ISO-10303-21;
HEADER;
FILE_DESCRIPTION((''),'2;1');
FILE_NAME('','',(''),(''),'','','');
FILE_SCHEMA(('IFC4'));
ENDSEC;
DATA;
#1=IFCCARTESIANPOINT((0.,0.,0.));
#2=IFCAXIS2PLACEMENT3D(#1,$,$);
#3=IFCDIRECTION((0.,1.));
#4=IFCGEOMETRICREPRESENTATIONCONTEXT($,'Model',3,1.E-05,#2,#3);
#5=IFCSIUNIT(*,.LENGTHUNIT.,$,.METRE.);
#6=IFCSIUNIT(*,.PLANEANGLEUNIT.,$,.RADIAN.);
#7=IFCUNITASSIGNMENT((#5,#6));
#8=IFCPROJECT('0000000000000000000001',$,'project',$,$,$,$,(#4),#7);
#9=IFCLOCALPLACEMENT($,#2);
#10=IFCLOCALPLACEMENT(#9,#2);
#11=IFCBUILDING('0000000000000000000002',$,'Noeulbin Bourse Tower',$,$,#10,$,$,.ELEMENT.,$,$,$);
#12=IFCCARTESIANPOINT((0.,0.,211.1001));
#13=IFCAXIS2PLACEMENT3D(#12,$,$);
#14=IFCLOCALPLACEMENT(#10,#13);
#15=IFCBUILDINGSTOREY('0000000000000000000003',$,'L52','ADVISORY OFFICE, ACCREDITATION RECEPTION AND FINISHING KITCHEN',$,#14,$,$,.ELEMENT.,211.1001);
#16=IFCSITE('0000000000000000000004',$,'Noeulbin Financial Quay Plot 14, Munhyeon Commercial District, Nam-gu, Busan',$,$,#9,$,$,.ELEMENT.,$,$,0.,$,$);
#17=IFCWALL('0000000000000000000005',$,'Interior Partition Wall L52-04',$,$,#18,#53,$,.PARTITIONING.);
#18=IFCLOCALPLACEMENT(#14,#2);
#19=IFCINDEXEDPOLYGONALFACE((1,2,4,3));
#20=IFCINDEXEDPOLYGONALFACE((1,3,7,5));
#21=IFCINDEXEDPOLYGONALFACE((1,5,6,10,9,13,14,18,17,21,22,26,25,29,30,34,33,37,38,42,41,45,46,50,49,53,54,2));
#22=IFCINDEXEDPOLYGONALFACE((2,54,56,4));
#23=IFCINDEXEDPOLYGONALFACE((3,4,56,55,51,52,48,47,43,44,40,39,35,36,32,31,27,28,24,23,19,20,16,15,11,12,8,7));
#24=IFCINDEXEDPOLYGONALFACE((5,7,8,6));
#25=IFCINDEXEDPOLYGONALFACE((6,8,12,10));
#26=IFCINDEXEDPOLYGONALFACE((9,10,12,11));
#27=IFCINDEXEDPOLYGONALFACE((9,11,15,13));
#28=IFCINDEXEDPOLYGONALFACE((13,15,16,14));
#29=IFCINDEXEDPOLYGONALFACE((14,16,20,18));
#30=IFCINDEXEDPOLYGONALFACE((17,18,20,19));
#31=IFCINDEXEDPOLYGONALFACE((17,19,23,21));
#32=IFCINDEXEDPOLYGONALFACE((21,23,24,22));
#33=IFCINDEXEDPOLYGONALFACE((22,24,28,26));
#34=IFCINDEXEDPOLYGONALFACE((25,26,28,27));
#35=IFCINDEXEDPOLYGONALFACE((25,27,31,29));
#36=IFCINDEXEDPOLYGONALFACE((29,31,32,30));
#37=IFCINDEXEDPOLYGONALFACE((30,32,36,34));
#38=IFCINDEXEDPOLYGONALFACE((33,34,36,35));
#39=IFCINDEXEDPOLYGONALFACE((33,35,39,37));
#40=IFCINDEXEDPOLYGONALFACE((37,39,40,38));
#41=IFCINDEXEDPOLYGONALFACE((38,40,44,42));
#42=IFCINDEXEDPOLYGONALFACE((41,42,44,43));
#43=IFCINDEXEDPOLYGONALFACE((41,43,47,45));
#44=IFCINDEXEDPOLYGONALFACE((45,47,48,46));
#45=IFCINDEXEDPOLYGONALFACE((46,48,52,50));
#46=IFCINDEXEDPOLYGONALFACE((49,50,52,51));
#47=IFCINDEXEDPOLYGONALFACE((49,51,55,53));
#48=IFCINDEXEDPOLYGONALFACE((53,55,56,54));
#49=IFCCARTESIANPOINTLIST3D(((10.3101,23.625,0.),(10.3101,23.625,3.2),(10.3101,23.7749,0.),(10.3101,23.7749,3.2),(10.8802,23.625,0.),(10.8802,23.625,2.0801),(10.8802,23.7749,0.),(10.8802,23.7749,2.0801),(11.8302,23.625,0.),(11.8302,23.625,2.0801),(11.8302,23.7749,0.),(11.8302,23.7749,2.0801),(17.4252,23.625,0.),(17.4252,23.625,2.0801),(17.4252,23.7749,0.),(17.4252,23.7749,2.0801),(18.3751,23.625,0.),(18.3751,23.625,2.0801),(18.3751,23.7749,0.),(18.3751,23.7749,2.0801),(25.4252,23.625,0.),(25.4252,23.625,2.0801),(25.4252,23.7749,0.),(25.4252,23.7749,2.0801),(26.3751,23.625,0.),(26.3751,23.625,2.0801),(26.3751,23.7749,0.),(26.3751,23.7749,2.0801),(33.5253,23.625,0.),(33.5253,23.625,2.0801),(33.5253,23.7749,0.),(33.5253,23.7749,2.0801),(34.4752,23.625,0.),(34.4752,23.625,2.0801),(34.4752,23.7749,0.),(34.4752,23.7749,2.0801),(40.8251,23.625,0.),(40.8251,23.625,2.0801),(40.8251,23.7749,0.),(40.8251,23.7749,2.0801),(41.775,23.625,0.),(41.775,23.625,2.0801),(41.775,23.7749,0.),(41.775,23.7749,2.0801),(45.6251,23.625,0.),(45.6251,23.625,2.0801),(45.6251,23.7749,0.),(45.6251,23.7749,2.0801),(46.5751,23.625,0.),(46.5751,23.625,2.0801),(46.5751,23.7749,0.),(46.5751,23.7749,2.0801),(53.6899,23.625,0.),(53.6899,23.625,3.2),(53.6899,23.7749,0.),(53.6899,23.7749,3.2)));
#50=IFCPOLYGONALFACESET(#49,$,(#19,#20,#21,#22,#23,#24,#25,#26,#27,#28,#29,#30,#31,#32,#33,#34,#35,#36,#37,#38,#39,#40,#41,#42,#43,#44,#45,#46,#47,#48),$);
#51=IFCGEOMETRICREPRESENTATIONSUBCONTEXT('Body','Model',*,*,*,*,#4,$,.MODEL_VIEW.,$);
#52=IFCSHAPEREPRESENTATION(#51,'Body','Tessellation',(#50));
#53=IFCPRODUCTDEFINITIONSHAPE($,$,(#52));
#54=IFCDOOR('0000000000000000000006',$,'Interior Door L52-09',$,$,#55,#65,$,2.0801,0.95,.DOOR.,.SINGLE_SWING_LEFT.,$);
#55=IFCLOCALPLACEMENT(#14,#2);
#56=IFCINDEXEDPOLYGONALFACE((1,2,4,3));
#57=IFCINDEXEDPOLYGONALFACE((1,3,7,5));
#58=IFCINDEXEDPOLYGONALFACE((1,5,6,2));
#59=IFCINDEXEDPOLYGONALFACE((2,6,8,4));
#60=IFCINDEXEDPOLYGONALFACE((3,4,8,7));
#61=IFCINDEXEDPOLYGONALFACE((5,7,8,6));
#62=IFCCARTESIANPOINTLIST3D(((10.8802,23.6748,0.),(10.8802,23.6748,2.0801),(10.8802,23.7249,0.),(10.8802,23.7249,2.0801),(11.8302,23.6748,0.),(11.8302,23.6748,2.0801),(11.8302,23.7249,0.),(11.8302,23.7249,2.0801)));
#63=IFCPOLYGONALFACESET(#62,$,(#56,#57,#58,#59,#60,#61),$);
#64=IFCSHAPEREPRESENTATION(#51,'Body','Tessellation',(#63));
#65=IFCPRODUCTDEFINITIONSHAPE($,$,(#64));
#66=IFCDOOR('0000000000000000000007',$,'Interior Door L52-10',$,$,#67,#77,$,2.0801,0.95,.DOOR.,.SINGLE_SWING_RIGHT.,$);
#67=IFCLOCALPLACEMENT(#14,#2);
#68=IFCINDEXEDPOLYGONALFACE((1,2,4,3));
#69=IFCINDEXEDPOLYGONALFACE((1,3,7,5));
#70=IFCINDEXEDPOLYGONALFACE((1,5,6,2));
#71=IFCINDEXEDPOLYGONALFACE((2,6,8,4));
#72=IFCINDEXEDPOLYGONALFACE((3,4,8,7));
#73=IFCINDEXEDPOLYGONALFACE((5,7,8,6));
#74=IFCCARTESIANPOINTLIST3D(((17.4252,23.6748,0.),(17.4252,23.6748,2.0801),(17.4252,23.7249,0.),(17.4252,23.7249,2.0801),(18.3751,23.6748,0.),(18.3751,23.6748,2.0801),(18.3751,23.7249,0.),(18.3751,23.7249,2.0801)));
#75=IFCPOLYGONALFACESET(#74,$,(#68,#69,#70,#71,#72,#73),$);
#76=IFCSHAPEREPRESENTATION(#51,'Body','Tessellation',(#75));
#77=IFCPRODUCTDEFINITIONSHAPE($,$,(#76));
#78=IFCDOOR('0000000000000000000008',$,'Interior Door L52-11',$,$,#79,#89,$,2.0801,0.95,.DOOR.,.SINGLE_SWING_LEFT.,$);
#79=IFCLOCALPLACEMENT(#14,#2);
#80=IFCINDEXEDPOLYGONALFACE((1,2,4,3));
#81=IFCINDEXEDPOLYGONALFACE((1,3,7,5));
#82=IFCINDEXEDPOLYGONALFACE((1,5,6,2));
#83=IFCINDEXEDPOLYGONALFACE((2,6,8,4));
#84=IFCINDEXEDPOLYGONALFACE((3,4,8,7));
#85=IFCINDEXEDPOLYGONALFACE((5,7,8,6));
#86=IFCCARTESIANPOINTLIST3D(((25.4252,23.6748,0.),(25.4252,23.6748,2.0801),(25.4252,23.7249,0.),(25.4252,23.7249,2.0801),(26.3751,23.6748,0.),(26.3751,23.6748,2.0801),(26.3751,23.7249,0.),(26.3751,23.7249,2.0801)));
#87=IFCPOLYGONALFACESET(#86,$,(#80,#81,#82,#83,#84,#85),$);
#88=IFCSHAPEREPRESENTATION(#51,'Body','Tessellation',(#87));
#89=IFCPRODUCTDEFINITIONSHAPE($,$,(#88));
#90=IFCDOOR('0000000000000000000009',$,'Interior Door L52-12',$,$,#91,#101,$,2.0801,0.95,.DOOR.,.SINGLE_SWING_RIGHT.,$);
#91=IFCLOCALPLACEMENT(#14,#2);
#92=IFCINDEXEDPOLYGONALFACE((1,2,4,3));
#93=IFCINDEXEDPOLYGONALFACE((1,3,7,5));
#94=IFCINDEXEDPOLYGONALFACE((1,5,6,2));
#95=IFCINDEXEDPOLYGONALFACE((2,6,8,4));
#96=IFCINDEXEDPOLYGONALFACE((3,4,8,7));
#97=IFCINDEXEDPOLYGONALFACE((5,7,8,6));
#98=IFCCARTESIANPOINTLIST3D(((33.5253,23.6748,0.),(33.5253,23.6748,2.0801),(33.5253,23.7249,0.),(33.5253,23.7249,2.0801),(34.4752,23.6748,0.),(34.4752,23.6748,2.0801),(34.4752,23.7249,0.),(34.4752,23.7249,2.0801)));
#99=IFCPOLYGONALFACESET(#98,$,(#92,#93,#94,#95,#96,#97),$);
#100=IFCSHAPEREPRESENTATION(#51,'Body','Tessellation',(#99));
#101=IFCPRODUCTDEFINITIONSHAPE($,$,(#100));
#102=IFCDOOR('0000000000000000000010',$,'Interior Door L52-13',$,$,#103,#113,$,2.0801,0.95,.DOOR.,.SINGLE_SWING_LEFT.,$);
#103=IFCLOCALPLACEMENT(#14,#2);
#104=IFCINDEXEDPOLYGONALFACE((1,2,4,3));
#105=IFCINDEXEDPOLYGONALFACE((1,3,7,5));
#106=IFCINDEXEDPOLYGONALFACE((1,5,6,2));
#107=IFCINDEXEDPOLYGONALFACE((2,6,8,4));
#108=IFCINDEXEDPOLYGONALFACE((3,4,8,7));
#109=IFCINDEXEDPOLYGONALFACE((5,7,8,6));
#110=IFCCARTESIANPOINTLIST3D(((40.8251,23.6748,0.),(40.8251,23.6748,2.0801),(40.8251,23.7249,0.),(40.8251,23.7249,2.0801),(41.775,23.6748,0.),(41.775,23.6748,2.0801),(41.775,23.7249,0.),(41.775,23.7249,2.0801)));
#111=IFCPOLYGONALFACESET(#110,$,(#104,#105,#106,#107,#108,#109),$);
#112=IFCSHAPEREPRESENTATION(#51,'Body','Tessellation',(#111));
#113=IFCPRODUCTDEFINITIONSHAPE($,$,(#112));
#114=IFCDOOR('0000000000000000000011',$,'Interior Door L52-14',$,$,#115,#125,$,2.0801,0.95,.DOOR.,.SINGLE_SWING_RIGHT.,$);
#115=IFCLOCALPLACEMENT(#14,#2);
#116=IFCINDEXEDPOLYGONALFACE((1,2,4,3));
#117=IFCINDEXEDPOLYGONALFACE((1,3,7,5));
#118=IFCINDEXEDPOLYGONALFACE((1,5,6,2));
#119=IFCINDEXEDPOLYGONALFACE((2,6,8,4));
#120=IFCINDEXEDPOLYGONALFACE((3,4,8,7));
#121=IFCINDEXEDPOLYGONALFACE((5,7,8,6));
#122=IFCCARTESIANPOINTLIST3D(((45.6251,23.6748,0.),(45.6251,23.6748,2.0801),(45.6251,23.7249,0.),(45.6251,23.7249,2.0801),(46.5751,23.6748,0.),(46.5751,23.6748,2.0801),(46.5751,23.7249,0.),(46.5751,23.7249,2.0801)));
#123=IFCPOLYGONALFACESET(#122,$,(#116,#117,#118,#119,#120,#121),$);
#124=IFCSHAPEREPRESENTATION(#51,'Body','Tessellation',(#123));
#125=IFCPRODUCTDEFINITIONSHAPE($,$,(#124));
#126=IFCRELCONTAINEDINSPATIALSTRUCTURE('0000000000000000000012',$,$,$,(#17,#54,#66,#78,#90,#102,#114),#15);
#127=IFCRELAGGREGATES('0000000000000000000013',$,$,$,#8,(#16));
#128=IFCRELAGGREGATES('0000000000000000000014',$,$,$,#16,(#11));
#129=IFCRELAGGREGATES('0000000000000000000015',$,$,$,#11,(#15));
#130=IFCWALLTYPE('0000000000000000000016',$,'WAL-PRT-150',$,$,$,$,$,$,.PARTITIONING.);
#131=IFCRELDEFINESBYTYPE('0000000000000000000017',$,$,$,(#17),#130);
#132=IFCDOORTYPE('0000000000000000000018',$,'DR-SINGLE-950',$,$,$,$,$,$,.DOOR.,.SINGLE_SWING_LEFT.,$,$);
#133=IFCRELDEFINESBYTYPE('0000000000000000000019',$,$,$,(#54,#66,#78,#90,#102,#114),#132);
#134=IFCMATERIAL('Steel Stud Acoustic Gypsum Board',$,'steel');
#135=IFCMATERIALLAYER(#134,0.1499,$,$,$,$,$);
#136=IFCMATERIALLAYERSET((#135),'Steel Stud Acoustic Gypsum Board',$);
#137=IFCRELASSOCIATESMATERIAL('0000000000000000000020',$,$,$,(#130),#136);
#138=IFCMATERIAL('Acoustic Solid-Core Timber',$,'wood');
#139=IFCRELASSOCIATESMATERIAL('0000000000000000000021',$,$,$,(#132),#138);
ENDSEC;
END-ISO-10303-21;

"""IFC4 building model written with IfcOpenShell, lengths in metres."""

from ifc_helpers import new_model, si_unit, direction, frame, frame_2d, origin, place, context, subcontext, project, spatial, rectangle, extrude, material, layer, layer_set, type_object, element, fill, save


model = new_model("IFC4")

# Units and contexts
model_context = context("Model", 3, precision=1e-05, world=origin(), true_north=direction((0.0, 1.0)))
body_context = subcontext(model_context, "Body", "Model", "MODEL_VIEW")
ifc_project = project(units=[si_unit("LENGTHUNIT", "METRE"), si_unit("PLANEANGLEUNIT", "RADIAN")], contexts=[model_context])

# Site, building, storey
site_placement = place(None, origin())
site = spatial("IfcSite", under=ifc_project, at=site_placement, Name="Noeulbin Financial Quay Plot 14, Munhyeon Commercial District, Nam-gu, Busan", CompositionType="ELEMENT", RefElevation=0.0)
building_placement = place(site_placement, origin())
building = spatial("IfcBuilding", under=site, at=building_placement, Name="Noeulbin Bourse Tower", CompositionType="ELEMENT")
storey_placement = place(building_placement, frame((0.0, 0.0, 211.1001)))
storey = spatial("IfcBuildingStorey", under=building, at=storey_placement, Name="L52", Description="ADVISORY OFFICE, ACCREDITATION RECEPTION AND FINISHING KITCHEN", CompositionType="ELEMENT", Elevation=211.1001)

# Wall, openings, doors
ifc_material_1 = material(Name="Steel Stud Acoustic Gypsum Board", Category="steel")
ifc_layer_1 = layer(ifc_material_1, 0.1499)
ifc_layer_set_1 = layer_set([ifc_layer_1], Name="Steel Stud Acoustic Gypsum Board")
wall_type = type_object("IfcWallType", Name="WAL-PRT-150", PredefinedType="PARTITIONING", material=ifc_layer_set_1)
wall_placement = place(storey_placement, frame((10.3101, 23.7, 0.0), z_axis=(0.0, 0.0, 1.0), x_axis=(1.0, 0.0, 0.0)))
wall = element("IfcWall", 1, at=wall_placement, inside=storey, type_object=wall_type, Name="Interior Partition Wall L52-04", PredefinedType="PARTITIONING", context=body_context, shape_type="SweptSolid", body=[
    extrude(rectangle(XDim=43.3799, YDim=0.1499, at=frame_2d((21.6899, 0.0))), origin(), (0.0, 0.0, 1.0), 3.2),
])
opening_1_placement = place(wall_placement, frame((0.5701, 0.0, 0.0)))
opening_1 = element("IfcOpeningElement", 2, at=opening_1_placement, cuts=wall, PredefinedType="OPENING", context=body_context, shape_type="SweptSolid", body=[
    extrude(rectangle(XDim=0.95, YDim=2.0801, at=frame_2d((0.4751, 1.04))), frame((0.0, 0.085, 0.0), z_axis=(0.0, -1.0, 0.0), x_axis=(1.0, 0.0, 0.0)), (0.0, 0.0, 1.0), 0.1699),
])
opening_2_placement = place(wall_placement, frame((7.115, 0.0, 0.0)))
opening_2 = element("IfcOpeningElement", 3, at=opening_2_placement, cuts=wall, PredefinedType="OPENING", context=body_context, shape_type="SweptSolid", body=[
    extrude(rectangle(XDim=0.95, YDim=2.0801, at=frame_2d((0.4751, 1.04))), frame((0.0, 0.085, 0.0), z_axis=(0.0, -1.0, 0.0), x_axis=(1.0, 0.0, 0.0)), (0.0, 0.0, 1.0), 0.1699),
])
opening_3_placement = place(wall_placement, frame((15.115, 0.0, 0.0)))
opening_3 = element("IfcOpeningElement", 4, at=opening_3_placement, cuts=wall, PredefinedType="OPENING", context=body_context, shape_type="SweptSolid", body=[
    extrude(rectangle(XDim=0.95, YDim=2.0801, at=frame_2d((0.4751, 1.04))), frame((0.0, 0.085, 0.0), z_axis=(0.0, -1.0, 0.0), x_axis=(1.0, 0.0, 0.0)), (0.0, 0.0, 1.0), 0.1699),
])
opening_4_placement = place(wall_placement, frame((23.2151, 0.0, 0.0)))
opening_4 = element("IfcOpeningElement", 5, at=opening_4_placement, cuts=wall, PredefinedType="OPENING", context=body_context, shape_type="SweptSolid", body=[
    extrude(rectangle(XDim=0.95, YDim=2.0801, at=frame_2d((0.4751, 1.04))), frame((0.0, 0.085, 0.0), z_axis=(0.0, -1.0, 0.0), x_axis=(1.0, 0.0, 0.0)), (0.0, 0.0, 1.0), 0.1699),
])
opening_5_placement = place(wall_placement, frame((30.5149, 0.0, 0.0)))
opening_5 = element("IfcOpeningElement", 6, at=opening_5_placement, cuts=wall, PredefinedType="OPENING", context=body_context, shape_type="SweptSolid", body=[
    extrude(rectangle(XDim=0.95, YDim=2.0801, at=frame_2d((0.4751, 1.04))), frame((0.0, 0.085, 0.0), z_axis=(0.0, -1.0, 0.0), x_axis=(1.0, 0.0, 0.0)), (0.0, 0.0, 1.0), 0.1699),
])
opening_6_placement = place(wall_placement, frame((35.3149, 0.0, 0.0)))
opening_6 = element("IfcOpeningElement", 7, at=opening_6_placement, cuts=wall, PredefinedType="OPENING", context=body_context, shape_type="SweptSolid", body=[
    extrude(rectangle(XDim=0.95, YDim=2.0801, at=frame_2d((0.4751, 1.04))), frame((0.0, 0.085, 0.0), z_axis=(0.0, -1.0, 0.0), x_axis=(1.0, 0.0, 0.0)), (0.0, 0.0, 1.0), 0.1699),
])
ifc_material_2 = material(Name="Acoustic Solid-Core Timber", Category="wood")
door_type = type_object("IfcDoorType", Name="DR-SINGLE-950", OperationType="SINGLE_SWING_LEFT", PredefinedType="DOOR", material=ifc_material_2)
door_1_placement = place(opening_1_placement, origin())
door_1 = element("IfcDoor", 8, at=door_1_placement, inside=storey, type_object=door_type, Name="Interior Door L52-09", OperationType="SINGLE_SWING_LEFT", OverallHeight=2.0801, OverallWidth=0.95, PredefinedType="DOOR", context=body_context, shape_type="SweptSolid", body=[
    extrude(rectangle(XDim=0.95, YDim=2.0801, at=frame_2d((0.4751, 1.04))), frame((0.0, 0.0249, 0.0), z_axis=(0.0, -1.0, 0.0), x_axis=(1.0, 0.0, 0.0)), (0.0, 0.0, 1.0), 0.05),
])
fill(opening_1, door_1)
door_2_placement = place(opening_2_placement, origin())
door_2 = element("IfcDoor", 9, at=door_2_placement, inside=storey, type_object=door_type, Name="Interior Door L52-10", OperationType="SINGLE_SWING_RIGHT", OverallHeight=2.0801, OverallWidth=0.95, PredefinedType="DOOR", context=body_context, shape_type="SweptSolid", body=[
    extrude(rectangle(XDim=0.95, YDim=2.0801, at=frame_2d((0.4751, 1.04))), frame((0.0, 0.0249, 0.0), z_axis=(0.0, -1.0, 0.0), x_axis=(1.0, 0.0, 0.0)), (0.0, 0.0, 1.0), 0.05),
])
fill(opening_2, door_2)
door_3_placement = place(opening_3_placement, origin())
door_3 = element("IfcDoor", 10, at=door_3_placement, inside=storey, type_object=door_type, Name="Interior Door L52-11", OperationType="SINGLE_SWING_LEFT", OverallHeight=2.0801, OverallWidth=0.95, PredefinedType="DOOR", context=body_context, shape_type="SweptSolid", body=[
    extrude(rectangle(XDim=0.95, YDim=2.0801, at=frame_2d((0.4751, 1.04))), frame((0.0, 0.0249, 0.0), z_axis=(0.0, -1.0, 0.0), x_axis=(1.0, 0.0, 0.0)), (0.0, 0.0, 1.0), 0.05),
])
fill(opening_3, door_3)
door_4_placement = place(opening_4_placement, origin())
door_4 = element("IfcDoor", 11, at=door_4_placement, inside=storey, type_object=door_type, Name="Interior Door L52-12", OperationType="SINGLE_SWING_RIGHT", OverallHeight=2.0801, OverallWidth=0.95, PredefinedType="DOOR", context=body_context, shape_type="SweptSolid", body=[
    extrude(rectangle(XDim=0.95, YDim=2.0801, at=frame_2d((0.4751, 1.04))), frame((0.0, 0.0249, 0.0), z_axis=(0.0, -1.0, 0.0), x_axis=(1.0, 0.0, 0.0)), (0.0, 0.0, 1.0), 0.05),
])
fill(opening_4, door_4)
door_5_placement = place(opening_5_placement, origin())
door_5 = element("IfcDoor", 12, at=door_5_placement, inside=storey, type_object=door_type, Name="Interior Door L52-13", OperationType="SINGLE_SWING_LEFT", OverallHeight=2.0801, OverallWidth=0.95, PredefinedType="DOOR", context=body_context, shape_type="SweptSolid", body=[
    extrude(rectangle(XDim=0.95, YDim=2.0801, at=frame_2d((0.4751, 1.04))), frame((0.0, 0.0249, 0.0), z_axis=(0.0, -1.0, 0.0), x_axis=(1.0, 0.0, 0.0)), (0.0, 0.0, 1.0), 0.05),
])
fill(opening_5, door_5)
door_6_placement = place(opening_6_placement, origin())
door_6 = element("IfcDoor", 13, at=door_6_placement, inside=storey, type_object=door_type, Name="Interior Door L52-14", OperationType="SINGLE_SWING_RIGHT", OverallHeight=2.0801, OverallWidth=0.95, PredefinedType="DOOR", context=body_context, shape_type="SweptSolid", body=[
    extrude(rectangle(XDim=0.95, YDim=2.0801, at=frame_2d((0.4751, 1.04))), frame((0.0, 0.0249, 0.0), z_axis=(0.0, -1.0, 0.0), x_axis=(1.0, 0.0, 0.0)), (0.0, 0.0, 1.0), 0.05),
])
fill(opening_6, door_6)

save(model, "model.ifc")
